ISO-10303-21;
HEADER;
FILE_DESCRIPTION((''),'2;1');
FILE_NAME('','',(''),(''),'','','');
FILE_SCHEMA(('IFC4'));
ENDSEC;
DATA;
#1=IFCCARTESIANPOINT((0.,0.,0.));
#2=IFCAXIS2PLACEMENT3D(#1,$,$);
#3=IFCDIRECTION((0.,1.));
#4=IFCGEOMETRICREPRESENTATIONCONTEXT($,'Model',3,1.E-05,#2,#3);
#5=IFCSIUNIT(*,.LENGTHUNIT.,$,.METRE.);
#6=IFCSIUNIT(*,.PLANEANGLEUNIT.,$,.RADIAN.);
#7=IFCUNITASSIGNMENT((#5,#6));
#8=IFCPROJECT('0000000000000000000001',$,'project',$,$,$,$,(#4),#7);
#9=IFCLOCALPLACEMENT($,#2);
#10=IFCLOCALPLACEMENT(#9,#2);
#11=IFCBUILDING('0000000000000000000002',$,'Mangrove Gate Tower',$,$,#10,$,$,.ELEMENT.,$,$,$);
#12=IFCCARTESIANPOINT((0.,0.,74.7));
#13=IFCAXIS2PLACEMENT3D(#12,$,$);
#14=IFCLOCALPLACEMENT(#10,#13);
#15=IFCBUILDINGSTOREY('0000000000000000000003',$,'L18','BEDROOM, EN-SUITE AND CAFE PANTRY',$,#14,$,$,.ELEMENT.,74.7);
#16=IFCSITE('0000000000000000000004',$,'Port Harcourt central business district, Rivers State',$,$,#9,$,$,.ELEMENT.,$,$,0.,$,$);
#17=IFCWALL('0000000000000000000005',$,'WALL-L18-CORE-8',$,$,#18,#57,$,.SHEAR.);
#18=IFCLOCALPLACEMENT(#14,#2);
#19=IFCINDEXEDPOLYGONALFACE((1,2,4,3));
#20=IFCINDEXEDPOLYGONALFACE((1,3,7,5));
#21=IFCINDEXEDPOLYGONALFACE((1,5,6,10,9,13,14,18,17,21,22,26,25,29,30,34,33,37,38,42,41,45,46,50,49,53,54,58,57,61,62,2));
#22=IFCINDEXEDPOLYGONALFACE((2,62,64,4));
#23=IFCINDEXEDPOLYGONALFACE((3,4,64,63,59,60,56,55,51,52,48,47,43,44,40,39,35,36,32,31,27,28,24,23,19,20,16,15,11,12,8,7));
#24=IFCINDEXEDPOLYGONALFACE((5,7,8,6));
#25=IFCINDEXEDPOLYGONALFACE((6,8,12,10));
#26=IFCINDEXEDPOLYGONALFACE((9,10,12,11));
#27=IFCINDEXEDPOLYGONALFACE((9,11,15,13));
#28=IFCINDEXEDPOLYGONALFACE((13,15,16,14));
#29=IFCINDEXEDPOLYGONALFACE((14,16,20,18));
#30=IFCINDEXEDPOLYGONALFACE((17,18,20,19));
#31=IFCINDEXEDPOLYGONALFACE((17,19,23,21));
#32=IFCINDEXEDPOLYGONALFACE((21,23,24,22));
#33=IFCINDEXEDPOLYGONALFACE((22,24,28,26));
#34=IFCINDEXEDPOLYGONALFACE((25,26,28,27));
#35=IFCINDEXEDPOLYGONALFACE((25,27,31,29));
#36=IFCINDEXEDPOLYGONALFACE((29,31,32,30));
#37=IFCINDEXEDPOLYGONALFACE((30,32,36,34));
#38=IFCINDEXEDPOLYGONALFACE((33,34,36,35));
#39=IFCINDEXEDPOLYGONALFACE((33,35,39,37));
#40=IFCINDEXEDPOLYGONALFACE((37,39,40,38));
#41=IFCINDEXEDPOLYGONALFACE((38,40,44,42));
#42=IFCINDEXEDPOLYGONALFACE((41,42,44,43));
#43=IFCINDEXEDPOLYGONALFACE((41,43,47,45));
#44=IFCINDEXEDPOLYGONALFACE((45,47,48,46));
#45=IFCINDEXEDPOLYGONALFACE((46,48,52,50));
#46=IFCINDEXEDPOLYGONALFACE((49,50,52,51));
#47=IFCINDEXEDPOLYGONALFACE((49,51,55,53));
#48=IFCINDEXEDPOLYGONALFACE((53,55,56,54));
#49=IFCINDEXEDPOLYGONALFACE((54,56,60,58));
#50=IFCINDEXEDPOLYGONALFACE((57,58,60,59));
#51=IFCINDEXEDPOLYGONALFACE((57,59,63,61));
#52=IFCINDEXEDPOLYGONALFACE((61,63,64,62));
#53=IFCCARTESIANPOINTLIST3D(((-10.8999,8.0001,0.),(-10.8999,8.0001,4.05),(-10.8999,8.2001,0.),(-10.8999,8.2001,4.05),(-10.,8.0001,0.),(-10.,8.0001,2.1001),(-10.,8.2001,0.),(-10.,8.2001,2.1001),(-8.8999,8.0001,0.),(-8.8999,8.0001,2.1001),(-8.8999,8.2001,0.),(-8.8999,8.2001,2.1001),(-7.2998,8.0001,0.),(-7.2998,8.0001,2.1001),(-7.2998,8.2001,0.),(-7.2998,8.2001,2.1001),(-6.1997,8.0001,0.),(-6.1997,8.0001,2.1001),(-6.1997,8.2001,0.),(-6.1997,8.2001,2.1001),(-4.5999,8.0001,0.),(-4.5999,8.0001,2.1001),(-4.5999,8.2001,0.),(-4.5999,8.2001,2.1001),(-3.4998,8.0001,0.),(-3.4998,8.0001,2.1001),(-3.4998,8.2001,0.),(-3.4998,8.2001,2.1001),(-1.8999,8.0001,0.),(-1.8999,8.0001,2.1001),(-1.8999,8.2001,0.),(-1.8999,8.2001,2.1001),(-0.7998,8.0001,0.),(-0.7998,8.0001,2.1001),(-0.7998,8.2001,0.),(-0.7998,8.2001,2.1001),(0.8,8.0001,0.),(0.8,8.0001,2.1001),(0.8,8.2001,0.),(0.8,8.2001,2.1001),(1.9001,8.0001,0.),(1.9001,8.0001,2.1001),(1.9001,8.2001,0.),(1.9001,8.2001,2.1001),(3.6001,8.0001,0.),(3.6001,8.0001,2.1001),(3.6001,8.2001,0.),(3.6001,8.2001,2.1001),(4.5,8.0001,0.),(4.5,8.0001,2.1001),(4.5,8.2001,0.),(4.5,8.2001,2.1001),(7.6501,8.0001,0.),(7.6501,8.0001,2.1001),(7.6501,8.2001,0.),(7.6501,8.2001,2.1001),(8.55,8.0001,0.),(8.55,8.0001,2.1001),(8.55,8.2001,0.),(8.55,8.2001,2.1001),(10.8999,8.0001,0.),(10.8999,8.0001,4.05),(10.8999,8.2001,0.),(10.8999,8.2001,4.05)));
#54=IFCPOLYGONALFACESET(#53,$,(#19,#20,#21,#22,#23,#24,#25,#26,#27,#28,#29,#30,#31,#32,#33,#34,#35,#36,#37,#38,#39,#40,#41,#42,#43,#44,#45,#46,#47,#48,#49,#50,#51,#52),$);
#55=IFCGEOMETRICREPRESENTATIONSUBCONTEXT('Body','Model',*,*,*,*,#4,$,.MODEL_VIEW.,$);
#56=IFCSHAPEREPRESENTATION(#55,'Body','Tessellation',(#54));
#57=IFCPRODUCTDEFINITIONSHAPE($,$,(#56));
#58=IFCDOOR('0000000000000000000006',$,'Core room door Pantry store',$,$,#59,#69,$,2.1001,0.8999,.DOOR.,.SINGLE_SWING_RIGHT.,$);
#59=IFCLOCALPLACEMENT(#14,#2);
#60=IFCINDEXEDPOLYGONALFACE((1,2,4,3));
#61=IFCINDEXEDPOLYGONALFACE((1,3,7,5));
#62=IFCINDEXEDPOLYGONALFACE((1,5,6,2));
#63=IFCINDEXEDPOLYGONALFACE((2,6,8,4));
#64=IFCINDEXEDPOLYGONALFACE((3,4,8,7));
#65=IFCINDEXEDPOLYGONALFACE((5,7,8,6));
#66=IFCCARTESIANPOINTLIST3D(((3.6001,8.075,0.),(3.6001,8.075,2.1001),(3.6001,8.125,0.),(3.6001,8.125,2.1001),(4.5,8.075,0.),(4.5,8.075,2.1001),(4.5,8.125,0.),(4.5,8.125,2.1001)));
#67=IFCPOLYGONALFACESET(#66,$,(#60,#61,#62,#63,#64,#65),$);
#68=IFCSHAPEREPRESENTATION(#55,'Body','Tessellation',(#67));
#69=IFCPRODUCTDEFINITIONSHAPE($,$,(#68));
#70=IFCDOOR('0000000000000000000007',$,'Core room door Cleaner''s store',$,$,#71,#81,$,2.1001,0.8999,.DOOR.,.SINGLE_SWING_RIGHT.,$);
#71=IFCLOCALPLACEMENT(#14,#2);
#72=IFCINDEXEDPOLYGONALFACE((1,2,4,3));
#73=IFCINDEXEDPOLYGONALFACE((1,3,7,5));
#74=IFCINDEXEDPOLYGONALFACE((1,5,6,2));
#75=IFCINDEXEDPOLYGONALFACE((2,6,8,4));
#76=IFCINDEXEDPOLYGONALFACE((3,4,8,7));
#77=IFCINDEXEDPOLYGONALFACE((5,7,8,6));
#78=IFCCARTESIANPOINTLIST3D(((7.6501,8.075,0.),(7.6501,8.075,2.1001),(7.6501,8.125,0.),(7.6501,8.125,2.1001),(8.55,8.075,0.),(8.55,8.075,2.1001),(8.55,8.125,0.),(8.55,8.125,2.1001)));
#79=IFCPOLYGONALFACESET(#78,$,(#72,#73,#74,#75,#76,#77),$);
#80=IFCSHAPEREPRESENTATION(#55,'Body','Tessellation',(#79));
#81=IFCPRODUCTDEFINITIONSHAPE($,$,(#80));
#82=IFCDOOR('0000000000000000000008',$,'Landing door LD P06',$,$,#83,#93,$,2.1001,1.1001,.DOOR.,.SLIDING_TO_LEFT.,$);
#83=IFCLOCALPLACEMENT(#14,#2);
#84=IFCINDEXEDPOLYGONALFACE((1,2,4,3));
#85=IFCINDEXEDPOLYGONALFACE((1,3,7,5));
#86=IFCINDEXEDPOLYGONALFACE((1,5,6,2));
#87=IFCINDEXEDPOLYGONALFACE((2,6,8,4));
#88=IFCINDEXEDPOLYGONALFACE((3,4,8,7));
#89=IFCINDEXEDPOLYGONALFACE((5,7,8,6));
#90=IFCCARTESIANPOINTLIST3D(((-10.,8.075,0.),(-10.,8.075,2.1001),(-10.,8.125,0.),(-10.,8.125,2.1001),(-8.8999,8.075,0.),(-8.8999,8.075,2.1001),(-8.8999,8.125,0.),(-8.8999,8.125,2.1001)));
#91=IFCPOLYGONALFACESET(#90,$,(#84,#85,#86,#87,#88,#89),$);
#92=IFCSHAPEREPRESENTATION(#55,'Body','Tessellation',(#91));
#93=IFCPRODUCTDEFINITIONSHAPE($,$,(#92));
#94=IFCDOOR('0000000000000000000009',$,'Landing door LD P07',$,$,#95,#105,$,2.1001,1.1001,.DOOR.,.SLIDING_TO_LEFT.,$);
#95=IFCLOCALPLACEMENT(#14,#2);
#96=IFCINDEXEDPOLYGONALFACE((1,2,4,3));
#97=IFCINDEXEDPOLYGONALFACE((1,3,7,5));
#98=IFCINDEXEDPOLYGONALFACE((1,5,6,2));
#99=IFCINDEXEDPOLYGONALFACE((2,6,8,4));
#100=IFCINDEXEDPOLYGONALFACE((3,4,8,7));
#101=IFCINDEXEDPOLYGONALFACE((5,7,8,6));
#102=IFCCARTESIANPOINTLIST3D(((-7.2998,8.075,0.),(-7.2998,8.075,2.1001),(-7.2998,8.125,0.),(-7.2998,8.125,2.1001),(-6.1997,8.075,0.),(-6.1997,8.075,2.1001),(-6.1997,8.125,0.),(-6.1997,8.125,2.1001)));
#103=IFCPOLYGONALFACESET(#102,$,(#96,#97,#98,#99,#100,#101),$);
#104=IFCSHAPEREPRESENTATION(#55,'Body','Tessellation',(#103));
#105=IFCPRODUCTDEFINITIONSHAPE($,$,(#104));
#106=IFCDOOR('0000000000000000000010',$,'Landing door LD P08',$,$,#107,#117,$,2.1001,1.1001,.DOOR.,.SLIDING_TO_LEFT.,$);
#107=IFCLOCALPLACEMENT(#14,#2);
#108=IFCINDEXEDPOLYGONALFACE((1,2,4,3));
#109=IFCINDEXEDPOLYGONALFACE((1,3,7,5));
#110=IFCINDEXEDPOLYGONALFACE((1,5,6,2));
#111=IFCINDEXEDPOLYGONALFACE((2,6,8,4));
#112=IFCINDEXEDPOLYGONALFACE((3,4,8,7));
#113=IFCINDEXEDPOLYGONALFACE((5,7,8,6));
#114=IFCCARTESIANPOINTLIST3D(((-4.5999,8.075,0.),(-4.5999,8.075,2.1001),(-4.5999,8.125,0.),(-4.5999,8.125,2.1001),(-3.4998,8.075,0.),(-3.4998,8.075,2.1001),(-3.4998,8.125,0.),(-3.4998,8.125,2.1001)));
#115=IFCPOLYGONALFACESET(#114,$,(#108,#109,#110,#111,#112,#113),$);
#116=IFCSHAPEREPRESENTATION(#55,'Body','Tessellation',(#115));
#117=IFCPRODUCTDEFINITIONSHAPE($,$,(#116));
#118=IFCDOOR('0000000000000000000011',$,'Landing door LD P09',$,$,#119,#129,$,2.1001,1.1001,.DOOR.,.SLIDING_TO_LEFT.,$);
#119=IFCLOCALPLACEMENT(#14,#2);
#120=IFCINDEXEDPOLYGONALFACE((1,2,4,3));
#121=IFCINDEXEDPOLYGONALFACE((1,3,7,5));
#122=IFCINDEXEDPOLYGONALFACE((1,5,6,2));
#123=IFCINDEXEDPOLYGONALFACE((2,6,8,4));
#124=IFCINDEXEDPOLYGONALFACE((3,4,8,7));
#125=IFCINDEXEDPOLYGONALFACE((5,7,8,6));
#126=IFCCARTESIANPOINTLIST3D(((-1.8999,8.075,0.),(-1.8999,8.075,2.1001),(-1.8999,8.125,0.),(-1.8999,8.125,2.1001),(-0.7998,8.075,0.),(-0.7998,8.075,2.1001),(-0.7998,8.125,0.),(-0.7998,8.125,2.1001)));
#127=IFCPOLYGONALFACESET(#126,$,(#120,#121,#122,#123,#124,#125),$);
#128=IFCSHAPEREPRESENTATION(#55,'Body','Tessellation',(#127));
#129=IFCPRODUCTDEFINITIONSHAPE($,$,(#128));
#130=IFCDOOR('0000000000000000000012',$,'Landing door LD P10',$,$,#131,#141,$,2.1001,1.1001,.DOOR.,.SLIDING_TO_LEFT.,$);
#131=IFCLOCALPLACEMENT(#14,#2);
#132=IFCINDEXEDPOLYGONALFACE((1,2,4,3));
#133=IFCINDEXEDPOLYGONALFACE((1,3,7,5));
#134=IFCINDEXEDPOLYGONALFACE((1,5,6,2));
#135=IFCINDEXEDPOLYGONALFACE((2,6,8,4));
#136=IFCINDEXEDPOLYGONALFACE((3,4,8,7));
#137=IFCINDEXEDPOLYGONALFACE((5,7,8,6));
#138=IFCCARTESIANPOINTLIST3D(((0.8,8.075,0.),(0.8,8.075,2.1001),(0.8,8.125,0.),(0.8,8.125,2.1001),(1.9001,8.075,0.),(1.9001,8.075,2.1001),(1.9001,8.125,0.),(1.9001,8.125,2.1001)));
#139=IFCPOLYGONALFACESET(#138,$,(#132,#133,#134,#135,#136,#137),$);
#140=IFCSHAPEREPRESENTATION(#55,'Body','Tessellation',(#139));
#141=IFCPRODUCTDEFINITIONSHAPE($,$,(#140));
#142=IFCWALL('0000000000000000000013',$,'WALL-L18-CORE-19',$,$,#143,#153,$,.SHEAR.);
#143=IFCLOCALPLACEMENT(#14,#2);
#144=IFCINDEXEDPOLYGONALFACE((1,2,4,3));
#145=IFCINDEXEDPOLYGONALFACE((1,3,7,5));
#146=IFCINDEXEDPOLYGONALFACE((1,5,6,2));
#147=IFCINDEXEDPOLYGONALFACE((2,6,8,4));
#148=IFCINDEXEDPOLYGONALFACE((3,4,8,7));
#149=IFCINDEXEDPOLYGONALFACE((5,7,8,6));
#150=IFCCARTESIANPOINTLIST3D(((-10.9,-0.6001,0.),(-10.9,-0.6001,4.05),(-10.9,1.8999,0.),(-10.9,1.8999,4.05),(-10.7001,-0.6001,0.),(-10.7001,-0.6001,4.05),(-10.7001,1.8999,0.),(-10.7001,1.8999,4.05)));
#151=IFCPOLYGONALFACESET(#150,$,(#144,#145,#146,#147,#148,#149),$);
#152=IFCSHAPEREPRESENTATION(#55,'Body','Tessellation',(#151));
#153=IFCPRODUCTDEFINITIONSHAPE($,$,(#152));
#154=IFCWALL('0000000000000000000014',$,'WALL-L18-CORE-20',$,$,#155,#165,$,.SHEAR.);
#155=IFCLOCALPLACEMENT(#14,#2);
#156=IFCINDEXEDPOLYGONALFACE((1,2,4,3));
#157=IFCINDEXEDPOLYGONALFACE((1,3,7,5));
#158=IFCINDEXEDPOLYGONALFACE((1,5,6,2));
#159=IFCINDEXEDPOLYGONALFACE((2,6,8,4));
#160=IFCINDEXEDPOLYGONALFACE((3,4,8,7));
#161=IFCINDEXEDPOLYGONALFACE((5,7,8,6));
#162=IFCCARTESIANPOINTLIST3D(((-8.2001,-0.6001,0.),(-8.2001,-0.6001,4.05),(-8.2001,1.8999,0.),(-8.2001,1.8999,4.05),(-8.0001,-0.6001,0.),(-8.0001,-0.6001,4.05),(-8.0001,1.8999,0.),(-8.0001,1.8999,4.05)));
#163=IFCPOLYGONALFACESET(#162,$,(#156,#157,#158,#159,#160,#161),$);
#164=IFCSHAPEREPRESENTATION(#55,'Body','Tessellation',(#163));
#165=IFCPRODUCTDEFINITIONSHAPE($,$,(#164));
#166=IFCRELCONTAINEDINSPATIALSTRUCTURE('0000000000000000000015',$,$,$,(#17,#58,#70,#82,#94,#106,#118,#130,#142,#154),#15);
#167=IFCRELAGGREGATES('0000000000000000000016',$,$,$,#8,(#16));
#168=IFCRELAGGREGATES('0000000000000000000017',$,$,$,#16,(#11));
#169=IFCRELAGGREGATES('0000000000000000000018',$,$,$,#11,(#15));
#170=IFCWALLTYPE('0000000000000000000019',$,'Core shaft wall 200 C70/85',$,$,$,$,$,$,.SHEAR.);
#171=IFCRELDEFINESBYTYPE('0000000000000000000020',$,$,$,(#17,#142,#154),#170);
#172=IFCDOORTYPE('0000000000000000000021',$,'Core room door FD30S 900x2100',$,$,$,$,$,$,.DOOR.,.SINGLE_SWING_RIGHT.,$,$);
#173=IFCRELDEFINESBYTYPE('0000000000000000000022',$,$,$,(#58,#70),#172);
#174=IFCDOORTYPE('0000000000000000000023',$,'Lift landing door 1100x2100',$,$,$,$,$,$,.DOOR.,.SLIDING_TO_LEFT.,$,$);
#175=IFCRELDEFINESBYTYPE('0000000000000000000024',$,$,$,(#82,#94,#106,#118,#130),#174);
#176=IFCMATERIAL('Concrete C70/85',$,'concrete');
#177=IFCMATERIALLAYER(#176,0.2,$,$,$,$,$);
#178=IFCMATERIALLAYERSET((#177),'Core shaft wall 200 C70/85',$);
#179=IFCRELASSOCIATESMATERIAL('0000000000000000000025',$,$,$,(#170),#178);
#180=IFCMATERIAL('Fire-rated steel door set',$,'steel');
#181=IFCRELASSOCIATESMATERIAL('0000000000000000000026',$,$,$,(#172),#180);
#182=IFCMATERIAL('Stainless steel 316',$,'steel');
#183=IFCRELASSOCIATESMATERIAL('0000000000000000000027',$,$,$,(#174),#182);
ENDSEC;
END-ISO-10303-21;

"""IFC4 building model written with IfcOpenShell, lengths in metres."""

from ifc_helpers import new_model, si_unit, direction, frame, frame_2d, origin, place, context, subcontext, project, spatial, rectangle, extrude, material, layer, layer_set, type_object, element, fill, save


model = new_model("IFC4")

# Units and contexts
model_context = context("Model", 3, precision=1e-05, world=origin(), true_north=direction((0.0, 1.0)))
body_context = subcontext(model_context, "Body", "Model", "MODEL_VIEW")
ifc_project = project(units=[si_unit("LENGTHUNIT", "METRE"), si_unit("PLANEANGLEUNIT", "RADIAN")], contexts=[model_context])

# Site, building, storey
site_placement = place(None, origin())
site = spatial("IfcSite", under=ifc_project, at=site_placement, Name="Port Harcourt central business district, Rivers State", CompositionType="ELEMENT", RefElevation=0.0)
building_placement = place(site_placement, origin())
building = spatial("IfcBuilding", under=site, at=building_placement, Name="Mangrove Gate Tower", CompositionType="ELEMENT")
storey_placement = place(building_placement, frame((0.0, 0.0, 74.7)))
storey = spatial("IfcBuildingStorey", under=building, at=storey_placement, Name="L18", Description="BEDROOM, EN-SUITE AND CAFE PANTRY", CompositionType="ELEMENT", Elevation=74.7)

# Shared definitions
ifc_material_1 = material(Name="Concrete C70/85", Category="concrete")
ifc_layer = layer(ifc_material_1, 0.2)
ifc_layer_set = layer_set([ifc_layer], Name="Core shaft wall 200 C70/85")
wall_type = type_object("IfcWallType", Name="Core shaft wall 200 C70/85", PredefinedType="SHEAR", material=ifc_layer_set)

# Wall, openings, doors
ifc_material_2 = material(Name="Fire-rated steel door set", Category="steel")
door_type_1 = type_object("IfcDoorType", Name="Core room door FD30S 900x2100", OperationType="SINGLE_SWING_RIGHT", PredefinedType="DOOR", material=ifc_material_2)
ifc_material_3 = material(Name="Stainless steel 316", Category="steel")
door_type_2 = type_object("IfcDoorType", Name="Lift landing door 1100x2100", OperationType="SLIDING_TO_LEFT", PredefinedType="DOOR", material=ifc_material_3)
wall_1_placement = place(storey_placement, frame((-10.8999, 8.1001, 0.0), z_axis=(0.0, 0.0, 1.0), x_axis=(1.0, 0.0, 0.0)))
wall_1 = element("IfcWall", 1, at=wall_1_placement, inside=storey, type_object=wall_type, Name="WALL-L18-CORE-8", PredefinedType="SHEAR", context=body_context, shape_type="SweptSolid", body=[
    extrude(rectangle(XDim=21.7998, YDim=0.2, at=frame_2d((10.8999, 0.0))), origin(), (0.0, 0.0, 1.0), 4.05),
])
opening_1_placement = place(wall_1_placement, frame((0.8999, 0.0, 0.0)))
opening_1 = element("IfcOpeningElement", 2, at=opening_1_placement, cuts=wall_1, PredefinedType="OPENING", context=body_context, shape_type="SweptSolid", body=[
    extrude(rectangle(XDim=1.1001, YDim=2.1001, at=frame_2d((0.55, 1.05))), frame((0.0, 0.1099, 0.0), z_axis=(0.0, -1.0, 0.0), x_axis=(1.0, 0.0, 0.0)), (0.0, 0.0, 1.0), 0.22),
])
opening_2_placement = place(wall_1_placement, frame((3.6001, 0.0, 0.0)))
opening_2 = element("IfcOpeningElement", 3, at=opening_2_placement, cuts=wall_1, PredefinedType="OPENING", context=body_context, shape_type="SweptSolid", body=[
    extrude(rectangle(XDim=1.1001, YDim=2.1001, at=frame_2d((0.55, 1.05))), frame((0.0, 0.1099, 0.0), z_axis=(0.0, -1.0, 0.0), x_axis=(1.0, 0.0, 0.0)), (0.0, 0.0, 1.0), 0.22),
])
opening_3_placement = place(wall_1_placement, frame((6.3, 0.0, 0.0)))
opening_3 = element("IfcOpeningElement", 4, at=opening_3_placement, cuts=wall_1, PredefinedType="OPENING", context=body_context, shape_type="SweptSolid", body=[
    extrude(rectangle(XDim=1.1001, YDim=2.1001, at=frame_2d((0.55, 1.05))), frame((0.0, 0.1099, 0.0), z_axis=(0.0, -1.0, 0.0), x_axis=(1.0, 0.0, 0.0)), (0.0, 0.0, 1.0), 0.22),
])
opening_4_placement = place(wall_1_placement, frame((9.0, 0.0, 0.0)))
opening_4 = element("IfcOpeningElement", 5, at=opening_4_placement, cuts=wall_1, PredefinedType="OPENING", context=body_context, shape_type="SweptSolid", body=[
    extrude(rectangle(XDim=1.1001, YDim=2.1001, at=frame_2d((0.55, 1.05))), frame((0.0, 0.1099, 0.0), z_axis=(0.0, -1.0, 0.0), x_axis=(1.0, 0.0, 0.0)), (0.0, 0.0, 1.0), 0.22),
])
opening_5_placement = place(wall_1_placement, frame((11.7, 0.0, 0.0)))
opening_5 = element("IfcOpeningElement", 6, at=opening_5_placement, cuts=wall_1, PredefinedType="OPENING", context=body_context, shape_type="SweptSolid", body=[
    extrude(rectangle(XDim=1.1001, YDim=2.1001, at=frame_2d((0.55, 1.05))), frame((0.0, 0.1099, 0.0), z_axis=(0.0, -1.0, 0.0), x_axis=(1.0, 0.0, 0.0)), (0.0, 0.0, 1.0), 0.22),
])
opening_6_placement = place(wall_1_placement, frame((14.5, 0.0, 0.0)))
opening_6 = element("IfcOpeningElement", 7, at=opening_6_placement, cuts=wall_1, PredefinedType="OPENING", context=body_context, shape_type="SweptSolid", body=[
    extrude(rectangle(XDim=0.8999, YDim=2.1001, at=frame_2d((0.45, 1.05))), frame((0.0, 0.1099, 0.0), z_axis=(0.0, -1.0, 0.0), x_axis=(1.0, 0.0, 0.0)), (0.0, 0.0, 1.0), 0.22),
])
opening_7_placement = place(wall_1_placement, frame((18.55, 0.0, 0.0)))
opening_7 = element("IfcOpeningElement", 8, at=opening_7_placement, cuts=wall_1, PredefinedType="OPENING", context=body_context, shape_type="SweptSolid", body=[
    extrude(rectangle(XDim=0.8999, YDim=2.1001, at=frame_2d((0.45, 1.05))), frame((0.0, 0.1099, 0.0), z_axis=(0.0, -1.0, 0.0), x_axis=(1.0, 0.0, 0.0)), (0.0, 0.0, 1.0), 0.22),
])
door_1_placement = place(opening_6_placement, origin())
door_1 = element("IfcDoor", 9, at=door_1_placement, inside=storey, type_object=door_type_1, Name="Core room door Pantry store", OperationType="SINGLE_SWING_RIGHT", OverallHeight=2.1001, OverallWidth=0.8999, PredefinedType="DOOR", context=body_context, shape_type="SweptSolid", body=[
    extrude(rectangle(XDim=0.8999, YDim=2.1001, at=frame_2d((0.45, 1.05))), frame((0.0, 0.0249, 0.0), z_axis=(0.0, -1.0, 0.0), x_axis=(1.0, 0.0, 0.0)), (0.0, 0.0, 1.0), 0.05),
])
fill(opening_6, door_1)
door_2_placement = place(opening_7_placement, origin())
door_2 = element("IfcDoor", 10, at=door_2_placement, inside=storey, type_object=door_type_1, Name="Core room door Cleaner's store", OperationType="SINGLE_SWING_RIGHT", OverallHeight=2.1001, OverallWidth=0.8999, PredefinedType="DOOR", context=body_context, shape_type="SweptSolid", body=[
    extrude(rectangle(XDim=0.8999, YDim=2.1001, at=frame_2d((0.45, 1.05))), frame((0.0, 0.0249, 0.0), z_axis=(0.0, -1.0, 0.0), x_axis=(1.0, 0.0, 0.0)), (0.0, 0.0, 1.0), 0.05),
])
fill(opening_7, door_2)
door_3_placement = place(opening_1_placement, origin())
door_3 = element("IfcDoor", 11, at=door_3_placement, inside=storey, type_object=door_type_2, Name="Landing door LD P06", OperationType="SLIDING_TO_LEFT", OverallHeight=2.1001, OverallWidth=1.1001, PredefinedType="DOOR", context=body_context, shape_type="SweptSolid", body=[
    extrude(rectangle(XDim=1.1001, YDim=2.1001, at=frame_2d((0.55, 1.05))), frame((0.0, 0.0249, 0.0), z_axis=(0.0, -1.0, 0.0), x_axis=(1.0, 0.0, 0.0)), (0.0, 0.0, 1.0), 0.05),
])
fill(opening_1, door_3)
door_4_placement = place(opening_2_placement, origin())
door_4 = element("IfcDoor", 12, at=door_4_placement, inside=storey, type_object=door_type_2, Name="Landing door LD P07", OperationType="SLIDING_TO_LEFT", OverallHeight=2.1001, OverallWidth=1.1001, PredefinedType="DOOR", context=body_context, shape_type="SweptSolid", body=[
    extrude(rectangle(XDim=1.1001, YDim=2.1001, at=frame_2d((0.55, 1.05))), frame((0.0, 0.0249, 0.0), z_axis=(0.0, -1.0, 0.0), x_axis=(1.0, 0.0, 0.0)), (0.0, 0.0, 1.0), 0.05),
])
fill(opening_2, door_4)
door_5_placement = place(opening_3_placement, origin())
door_5 = element("IfcDoor", 13, at=door_5_placement, inside=storey, type_object=door_type_2, Name="Landing door LD P08", OperationType="SLIDING_TO_LEFT", OverallHeight=2.1001, OverallWidth=1.1001, PredefinedType="DOOR", context=body_context, shape_type="SweptSolid", body=[
    extrude(rectangle(XDim=1.1001, YDim=2.1001, at=frame_2d((0.55, 1.05))), frame((0.0, 0.0249, 0.0), z_axis=(0.0, -1.0, 0.0), x_axis=(1.0, 0.0, 0.0)), (0.0, 0.0, 1.0), 0.05),
])
fill(opening_3, door_5)
door_6_placement = place(opening_4_placement, origin())
door_6 = element("IfcDoor", 14, at=door_6_placement, inside=storey, type_object=door_type_2, Name="Landing door LD P09", OperationType="SLIDING_TO_LEFT", OverallHeight=2.1001, OverallWidth=1.1001, PredefinedType="DOOR", context=body_context, shape_type="SweptSolid", body=[
    extrude(rectangle(XDim=1.1001, YDim=2.1001, at=frame_2d((0.55, 1.05))), frame((0.0, 0.0249, 0.0), z_axis=(0.0, -1.0, 0.0), x_axis=(1.0, 0.0, 0.0)), (0.0, 0.0, 1.0), 0.05),
])
fill(opening_4, door_6)
door_7_placement = place(opening_5_placement, origin())
door_7 = element("IfcDoor", 15, at=door_7_placement, inside=storey, type_object=door_type_2, Name="Landing door LD P10", OperationType="SLIDING_TO_LEFT", OverallHeight=2.1001, OverallWidth=1.1001, PredefinedType="DOOR", context=body_context, shape_type="SweptSolid", body=[
    extrude(rectangle(XDim=1.1001, YDim=2.1001, at=frame_2d((0.55, 1.05))), frame((0.0, 0.0249, 0.0), z_axis=(0.0, -1.0, 0.0), x_axis=(1.0, 0.0, 0.0)), (0.0, 0.0, 1.0), 0.05),
])
fill(opening_5, door_7)

# Walls
for number, where, z_axis, x_axis, name in (
    (16, (-10.8, -0.6001, 0.0), (0.0, 0.0, 1.0), (0.0, 1.0, 0.0), "WALL-L18-CORE-19"),
    (17, (-8.1001, -0.6001, 0.0), (0.0, 0.0, 1.0), (0.0, 1.0, 0.0), "WALL-L18-CORE-20"),
):
    element("IfcWall", number, at=place(storey_placement, frame(where, z_axis=z_axis, x_axis=x_axis)), inside=storey, type_object=wall_type, Name=name, PredefinedType="SHEAR", context=body_context, shape_type="SweptSolid", body=[
        extrude(rectangle(XDim=2.5, YDim=0.2, at=frame_2d((1.25, 0.0))), origin(), (0.0, 0.0, 1.0), 4.05),
    ])

save(model, "model.ifc")
